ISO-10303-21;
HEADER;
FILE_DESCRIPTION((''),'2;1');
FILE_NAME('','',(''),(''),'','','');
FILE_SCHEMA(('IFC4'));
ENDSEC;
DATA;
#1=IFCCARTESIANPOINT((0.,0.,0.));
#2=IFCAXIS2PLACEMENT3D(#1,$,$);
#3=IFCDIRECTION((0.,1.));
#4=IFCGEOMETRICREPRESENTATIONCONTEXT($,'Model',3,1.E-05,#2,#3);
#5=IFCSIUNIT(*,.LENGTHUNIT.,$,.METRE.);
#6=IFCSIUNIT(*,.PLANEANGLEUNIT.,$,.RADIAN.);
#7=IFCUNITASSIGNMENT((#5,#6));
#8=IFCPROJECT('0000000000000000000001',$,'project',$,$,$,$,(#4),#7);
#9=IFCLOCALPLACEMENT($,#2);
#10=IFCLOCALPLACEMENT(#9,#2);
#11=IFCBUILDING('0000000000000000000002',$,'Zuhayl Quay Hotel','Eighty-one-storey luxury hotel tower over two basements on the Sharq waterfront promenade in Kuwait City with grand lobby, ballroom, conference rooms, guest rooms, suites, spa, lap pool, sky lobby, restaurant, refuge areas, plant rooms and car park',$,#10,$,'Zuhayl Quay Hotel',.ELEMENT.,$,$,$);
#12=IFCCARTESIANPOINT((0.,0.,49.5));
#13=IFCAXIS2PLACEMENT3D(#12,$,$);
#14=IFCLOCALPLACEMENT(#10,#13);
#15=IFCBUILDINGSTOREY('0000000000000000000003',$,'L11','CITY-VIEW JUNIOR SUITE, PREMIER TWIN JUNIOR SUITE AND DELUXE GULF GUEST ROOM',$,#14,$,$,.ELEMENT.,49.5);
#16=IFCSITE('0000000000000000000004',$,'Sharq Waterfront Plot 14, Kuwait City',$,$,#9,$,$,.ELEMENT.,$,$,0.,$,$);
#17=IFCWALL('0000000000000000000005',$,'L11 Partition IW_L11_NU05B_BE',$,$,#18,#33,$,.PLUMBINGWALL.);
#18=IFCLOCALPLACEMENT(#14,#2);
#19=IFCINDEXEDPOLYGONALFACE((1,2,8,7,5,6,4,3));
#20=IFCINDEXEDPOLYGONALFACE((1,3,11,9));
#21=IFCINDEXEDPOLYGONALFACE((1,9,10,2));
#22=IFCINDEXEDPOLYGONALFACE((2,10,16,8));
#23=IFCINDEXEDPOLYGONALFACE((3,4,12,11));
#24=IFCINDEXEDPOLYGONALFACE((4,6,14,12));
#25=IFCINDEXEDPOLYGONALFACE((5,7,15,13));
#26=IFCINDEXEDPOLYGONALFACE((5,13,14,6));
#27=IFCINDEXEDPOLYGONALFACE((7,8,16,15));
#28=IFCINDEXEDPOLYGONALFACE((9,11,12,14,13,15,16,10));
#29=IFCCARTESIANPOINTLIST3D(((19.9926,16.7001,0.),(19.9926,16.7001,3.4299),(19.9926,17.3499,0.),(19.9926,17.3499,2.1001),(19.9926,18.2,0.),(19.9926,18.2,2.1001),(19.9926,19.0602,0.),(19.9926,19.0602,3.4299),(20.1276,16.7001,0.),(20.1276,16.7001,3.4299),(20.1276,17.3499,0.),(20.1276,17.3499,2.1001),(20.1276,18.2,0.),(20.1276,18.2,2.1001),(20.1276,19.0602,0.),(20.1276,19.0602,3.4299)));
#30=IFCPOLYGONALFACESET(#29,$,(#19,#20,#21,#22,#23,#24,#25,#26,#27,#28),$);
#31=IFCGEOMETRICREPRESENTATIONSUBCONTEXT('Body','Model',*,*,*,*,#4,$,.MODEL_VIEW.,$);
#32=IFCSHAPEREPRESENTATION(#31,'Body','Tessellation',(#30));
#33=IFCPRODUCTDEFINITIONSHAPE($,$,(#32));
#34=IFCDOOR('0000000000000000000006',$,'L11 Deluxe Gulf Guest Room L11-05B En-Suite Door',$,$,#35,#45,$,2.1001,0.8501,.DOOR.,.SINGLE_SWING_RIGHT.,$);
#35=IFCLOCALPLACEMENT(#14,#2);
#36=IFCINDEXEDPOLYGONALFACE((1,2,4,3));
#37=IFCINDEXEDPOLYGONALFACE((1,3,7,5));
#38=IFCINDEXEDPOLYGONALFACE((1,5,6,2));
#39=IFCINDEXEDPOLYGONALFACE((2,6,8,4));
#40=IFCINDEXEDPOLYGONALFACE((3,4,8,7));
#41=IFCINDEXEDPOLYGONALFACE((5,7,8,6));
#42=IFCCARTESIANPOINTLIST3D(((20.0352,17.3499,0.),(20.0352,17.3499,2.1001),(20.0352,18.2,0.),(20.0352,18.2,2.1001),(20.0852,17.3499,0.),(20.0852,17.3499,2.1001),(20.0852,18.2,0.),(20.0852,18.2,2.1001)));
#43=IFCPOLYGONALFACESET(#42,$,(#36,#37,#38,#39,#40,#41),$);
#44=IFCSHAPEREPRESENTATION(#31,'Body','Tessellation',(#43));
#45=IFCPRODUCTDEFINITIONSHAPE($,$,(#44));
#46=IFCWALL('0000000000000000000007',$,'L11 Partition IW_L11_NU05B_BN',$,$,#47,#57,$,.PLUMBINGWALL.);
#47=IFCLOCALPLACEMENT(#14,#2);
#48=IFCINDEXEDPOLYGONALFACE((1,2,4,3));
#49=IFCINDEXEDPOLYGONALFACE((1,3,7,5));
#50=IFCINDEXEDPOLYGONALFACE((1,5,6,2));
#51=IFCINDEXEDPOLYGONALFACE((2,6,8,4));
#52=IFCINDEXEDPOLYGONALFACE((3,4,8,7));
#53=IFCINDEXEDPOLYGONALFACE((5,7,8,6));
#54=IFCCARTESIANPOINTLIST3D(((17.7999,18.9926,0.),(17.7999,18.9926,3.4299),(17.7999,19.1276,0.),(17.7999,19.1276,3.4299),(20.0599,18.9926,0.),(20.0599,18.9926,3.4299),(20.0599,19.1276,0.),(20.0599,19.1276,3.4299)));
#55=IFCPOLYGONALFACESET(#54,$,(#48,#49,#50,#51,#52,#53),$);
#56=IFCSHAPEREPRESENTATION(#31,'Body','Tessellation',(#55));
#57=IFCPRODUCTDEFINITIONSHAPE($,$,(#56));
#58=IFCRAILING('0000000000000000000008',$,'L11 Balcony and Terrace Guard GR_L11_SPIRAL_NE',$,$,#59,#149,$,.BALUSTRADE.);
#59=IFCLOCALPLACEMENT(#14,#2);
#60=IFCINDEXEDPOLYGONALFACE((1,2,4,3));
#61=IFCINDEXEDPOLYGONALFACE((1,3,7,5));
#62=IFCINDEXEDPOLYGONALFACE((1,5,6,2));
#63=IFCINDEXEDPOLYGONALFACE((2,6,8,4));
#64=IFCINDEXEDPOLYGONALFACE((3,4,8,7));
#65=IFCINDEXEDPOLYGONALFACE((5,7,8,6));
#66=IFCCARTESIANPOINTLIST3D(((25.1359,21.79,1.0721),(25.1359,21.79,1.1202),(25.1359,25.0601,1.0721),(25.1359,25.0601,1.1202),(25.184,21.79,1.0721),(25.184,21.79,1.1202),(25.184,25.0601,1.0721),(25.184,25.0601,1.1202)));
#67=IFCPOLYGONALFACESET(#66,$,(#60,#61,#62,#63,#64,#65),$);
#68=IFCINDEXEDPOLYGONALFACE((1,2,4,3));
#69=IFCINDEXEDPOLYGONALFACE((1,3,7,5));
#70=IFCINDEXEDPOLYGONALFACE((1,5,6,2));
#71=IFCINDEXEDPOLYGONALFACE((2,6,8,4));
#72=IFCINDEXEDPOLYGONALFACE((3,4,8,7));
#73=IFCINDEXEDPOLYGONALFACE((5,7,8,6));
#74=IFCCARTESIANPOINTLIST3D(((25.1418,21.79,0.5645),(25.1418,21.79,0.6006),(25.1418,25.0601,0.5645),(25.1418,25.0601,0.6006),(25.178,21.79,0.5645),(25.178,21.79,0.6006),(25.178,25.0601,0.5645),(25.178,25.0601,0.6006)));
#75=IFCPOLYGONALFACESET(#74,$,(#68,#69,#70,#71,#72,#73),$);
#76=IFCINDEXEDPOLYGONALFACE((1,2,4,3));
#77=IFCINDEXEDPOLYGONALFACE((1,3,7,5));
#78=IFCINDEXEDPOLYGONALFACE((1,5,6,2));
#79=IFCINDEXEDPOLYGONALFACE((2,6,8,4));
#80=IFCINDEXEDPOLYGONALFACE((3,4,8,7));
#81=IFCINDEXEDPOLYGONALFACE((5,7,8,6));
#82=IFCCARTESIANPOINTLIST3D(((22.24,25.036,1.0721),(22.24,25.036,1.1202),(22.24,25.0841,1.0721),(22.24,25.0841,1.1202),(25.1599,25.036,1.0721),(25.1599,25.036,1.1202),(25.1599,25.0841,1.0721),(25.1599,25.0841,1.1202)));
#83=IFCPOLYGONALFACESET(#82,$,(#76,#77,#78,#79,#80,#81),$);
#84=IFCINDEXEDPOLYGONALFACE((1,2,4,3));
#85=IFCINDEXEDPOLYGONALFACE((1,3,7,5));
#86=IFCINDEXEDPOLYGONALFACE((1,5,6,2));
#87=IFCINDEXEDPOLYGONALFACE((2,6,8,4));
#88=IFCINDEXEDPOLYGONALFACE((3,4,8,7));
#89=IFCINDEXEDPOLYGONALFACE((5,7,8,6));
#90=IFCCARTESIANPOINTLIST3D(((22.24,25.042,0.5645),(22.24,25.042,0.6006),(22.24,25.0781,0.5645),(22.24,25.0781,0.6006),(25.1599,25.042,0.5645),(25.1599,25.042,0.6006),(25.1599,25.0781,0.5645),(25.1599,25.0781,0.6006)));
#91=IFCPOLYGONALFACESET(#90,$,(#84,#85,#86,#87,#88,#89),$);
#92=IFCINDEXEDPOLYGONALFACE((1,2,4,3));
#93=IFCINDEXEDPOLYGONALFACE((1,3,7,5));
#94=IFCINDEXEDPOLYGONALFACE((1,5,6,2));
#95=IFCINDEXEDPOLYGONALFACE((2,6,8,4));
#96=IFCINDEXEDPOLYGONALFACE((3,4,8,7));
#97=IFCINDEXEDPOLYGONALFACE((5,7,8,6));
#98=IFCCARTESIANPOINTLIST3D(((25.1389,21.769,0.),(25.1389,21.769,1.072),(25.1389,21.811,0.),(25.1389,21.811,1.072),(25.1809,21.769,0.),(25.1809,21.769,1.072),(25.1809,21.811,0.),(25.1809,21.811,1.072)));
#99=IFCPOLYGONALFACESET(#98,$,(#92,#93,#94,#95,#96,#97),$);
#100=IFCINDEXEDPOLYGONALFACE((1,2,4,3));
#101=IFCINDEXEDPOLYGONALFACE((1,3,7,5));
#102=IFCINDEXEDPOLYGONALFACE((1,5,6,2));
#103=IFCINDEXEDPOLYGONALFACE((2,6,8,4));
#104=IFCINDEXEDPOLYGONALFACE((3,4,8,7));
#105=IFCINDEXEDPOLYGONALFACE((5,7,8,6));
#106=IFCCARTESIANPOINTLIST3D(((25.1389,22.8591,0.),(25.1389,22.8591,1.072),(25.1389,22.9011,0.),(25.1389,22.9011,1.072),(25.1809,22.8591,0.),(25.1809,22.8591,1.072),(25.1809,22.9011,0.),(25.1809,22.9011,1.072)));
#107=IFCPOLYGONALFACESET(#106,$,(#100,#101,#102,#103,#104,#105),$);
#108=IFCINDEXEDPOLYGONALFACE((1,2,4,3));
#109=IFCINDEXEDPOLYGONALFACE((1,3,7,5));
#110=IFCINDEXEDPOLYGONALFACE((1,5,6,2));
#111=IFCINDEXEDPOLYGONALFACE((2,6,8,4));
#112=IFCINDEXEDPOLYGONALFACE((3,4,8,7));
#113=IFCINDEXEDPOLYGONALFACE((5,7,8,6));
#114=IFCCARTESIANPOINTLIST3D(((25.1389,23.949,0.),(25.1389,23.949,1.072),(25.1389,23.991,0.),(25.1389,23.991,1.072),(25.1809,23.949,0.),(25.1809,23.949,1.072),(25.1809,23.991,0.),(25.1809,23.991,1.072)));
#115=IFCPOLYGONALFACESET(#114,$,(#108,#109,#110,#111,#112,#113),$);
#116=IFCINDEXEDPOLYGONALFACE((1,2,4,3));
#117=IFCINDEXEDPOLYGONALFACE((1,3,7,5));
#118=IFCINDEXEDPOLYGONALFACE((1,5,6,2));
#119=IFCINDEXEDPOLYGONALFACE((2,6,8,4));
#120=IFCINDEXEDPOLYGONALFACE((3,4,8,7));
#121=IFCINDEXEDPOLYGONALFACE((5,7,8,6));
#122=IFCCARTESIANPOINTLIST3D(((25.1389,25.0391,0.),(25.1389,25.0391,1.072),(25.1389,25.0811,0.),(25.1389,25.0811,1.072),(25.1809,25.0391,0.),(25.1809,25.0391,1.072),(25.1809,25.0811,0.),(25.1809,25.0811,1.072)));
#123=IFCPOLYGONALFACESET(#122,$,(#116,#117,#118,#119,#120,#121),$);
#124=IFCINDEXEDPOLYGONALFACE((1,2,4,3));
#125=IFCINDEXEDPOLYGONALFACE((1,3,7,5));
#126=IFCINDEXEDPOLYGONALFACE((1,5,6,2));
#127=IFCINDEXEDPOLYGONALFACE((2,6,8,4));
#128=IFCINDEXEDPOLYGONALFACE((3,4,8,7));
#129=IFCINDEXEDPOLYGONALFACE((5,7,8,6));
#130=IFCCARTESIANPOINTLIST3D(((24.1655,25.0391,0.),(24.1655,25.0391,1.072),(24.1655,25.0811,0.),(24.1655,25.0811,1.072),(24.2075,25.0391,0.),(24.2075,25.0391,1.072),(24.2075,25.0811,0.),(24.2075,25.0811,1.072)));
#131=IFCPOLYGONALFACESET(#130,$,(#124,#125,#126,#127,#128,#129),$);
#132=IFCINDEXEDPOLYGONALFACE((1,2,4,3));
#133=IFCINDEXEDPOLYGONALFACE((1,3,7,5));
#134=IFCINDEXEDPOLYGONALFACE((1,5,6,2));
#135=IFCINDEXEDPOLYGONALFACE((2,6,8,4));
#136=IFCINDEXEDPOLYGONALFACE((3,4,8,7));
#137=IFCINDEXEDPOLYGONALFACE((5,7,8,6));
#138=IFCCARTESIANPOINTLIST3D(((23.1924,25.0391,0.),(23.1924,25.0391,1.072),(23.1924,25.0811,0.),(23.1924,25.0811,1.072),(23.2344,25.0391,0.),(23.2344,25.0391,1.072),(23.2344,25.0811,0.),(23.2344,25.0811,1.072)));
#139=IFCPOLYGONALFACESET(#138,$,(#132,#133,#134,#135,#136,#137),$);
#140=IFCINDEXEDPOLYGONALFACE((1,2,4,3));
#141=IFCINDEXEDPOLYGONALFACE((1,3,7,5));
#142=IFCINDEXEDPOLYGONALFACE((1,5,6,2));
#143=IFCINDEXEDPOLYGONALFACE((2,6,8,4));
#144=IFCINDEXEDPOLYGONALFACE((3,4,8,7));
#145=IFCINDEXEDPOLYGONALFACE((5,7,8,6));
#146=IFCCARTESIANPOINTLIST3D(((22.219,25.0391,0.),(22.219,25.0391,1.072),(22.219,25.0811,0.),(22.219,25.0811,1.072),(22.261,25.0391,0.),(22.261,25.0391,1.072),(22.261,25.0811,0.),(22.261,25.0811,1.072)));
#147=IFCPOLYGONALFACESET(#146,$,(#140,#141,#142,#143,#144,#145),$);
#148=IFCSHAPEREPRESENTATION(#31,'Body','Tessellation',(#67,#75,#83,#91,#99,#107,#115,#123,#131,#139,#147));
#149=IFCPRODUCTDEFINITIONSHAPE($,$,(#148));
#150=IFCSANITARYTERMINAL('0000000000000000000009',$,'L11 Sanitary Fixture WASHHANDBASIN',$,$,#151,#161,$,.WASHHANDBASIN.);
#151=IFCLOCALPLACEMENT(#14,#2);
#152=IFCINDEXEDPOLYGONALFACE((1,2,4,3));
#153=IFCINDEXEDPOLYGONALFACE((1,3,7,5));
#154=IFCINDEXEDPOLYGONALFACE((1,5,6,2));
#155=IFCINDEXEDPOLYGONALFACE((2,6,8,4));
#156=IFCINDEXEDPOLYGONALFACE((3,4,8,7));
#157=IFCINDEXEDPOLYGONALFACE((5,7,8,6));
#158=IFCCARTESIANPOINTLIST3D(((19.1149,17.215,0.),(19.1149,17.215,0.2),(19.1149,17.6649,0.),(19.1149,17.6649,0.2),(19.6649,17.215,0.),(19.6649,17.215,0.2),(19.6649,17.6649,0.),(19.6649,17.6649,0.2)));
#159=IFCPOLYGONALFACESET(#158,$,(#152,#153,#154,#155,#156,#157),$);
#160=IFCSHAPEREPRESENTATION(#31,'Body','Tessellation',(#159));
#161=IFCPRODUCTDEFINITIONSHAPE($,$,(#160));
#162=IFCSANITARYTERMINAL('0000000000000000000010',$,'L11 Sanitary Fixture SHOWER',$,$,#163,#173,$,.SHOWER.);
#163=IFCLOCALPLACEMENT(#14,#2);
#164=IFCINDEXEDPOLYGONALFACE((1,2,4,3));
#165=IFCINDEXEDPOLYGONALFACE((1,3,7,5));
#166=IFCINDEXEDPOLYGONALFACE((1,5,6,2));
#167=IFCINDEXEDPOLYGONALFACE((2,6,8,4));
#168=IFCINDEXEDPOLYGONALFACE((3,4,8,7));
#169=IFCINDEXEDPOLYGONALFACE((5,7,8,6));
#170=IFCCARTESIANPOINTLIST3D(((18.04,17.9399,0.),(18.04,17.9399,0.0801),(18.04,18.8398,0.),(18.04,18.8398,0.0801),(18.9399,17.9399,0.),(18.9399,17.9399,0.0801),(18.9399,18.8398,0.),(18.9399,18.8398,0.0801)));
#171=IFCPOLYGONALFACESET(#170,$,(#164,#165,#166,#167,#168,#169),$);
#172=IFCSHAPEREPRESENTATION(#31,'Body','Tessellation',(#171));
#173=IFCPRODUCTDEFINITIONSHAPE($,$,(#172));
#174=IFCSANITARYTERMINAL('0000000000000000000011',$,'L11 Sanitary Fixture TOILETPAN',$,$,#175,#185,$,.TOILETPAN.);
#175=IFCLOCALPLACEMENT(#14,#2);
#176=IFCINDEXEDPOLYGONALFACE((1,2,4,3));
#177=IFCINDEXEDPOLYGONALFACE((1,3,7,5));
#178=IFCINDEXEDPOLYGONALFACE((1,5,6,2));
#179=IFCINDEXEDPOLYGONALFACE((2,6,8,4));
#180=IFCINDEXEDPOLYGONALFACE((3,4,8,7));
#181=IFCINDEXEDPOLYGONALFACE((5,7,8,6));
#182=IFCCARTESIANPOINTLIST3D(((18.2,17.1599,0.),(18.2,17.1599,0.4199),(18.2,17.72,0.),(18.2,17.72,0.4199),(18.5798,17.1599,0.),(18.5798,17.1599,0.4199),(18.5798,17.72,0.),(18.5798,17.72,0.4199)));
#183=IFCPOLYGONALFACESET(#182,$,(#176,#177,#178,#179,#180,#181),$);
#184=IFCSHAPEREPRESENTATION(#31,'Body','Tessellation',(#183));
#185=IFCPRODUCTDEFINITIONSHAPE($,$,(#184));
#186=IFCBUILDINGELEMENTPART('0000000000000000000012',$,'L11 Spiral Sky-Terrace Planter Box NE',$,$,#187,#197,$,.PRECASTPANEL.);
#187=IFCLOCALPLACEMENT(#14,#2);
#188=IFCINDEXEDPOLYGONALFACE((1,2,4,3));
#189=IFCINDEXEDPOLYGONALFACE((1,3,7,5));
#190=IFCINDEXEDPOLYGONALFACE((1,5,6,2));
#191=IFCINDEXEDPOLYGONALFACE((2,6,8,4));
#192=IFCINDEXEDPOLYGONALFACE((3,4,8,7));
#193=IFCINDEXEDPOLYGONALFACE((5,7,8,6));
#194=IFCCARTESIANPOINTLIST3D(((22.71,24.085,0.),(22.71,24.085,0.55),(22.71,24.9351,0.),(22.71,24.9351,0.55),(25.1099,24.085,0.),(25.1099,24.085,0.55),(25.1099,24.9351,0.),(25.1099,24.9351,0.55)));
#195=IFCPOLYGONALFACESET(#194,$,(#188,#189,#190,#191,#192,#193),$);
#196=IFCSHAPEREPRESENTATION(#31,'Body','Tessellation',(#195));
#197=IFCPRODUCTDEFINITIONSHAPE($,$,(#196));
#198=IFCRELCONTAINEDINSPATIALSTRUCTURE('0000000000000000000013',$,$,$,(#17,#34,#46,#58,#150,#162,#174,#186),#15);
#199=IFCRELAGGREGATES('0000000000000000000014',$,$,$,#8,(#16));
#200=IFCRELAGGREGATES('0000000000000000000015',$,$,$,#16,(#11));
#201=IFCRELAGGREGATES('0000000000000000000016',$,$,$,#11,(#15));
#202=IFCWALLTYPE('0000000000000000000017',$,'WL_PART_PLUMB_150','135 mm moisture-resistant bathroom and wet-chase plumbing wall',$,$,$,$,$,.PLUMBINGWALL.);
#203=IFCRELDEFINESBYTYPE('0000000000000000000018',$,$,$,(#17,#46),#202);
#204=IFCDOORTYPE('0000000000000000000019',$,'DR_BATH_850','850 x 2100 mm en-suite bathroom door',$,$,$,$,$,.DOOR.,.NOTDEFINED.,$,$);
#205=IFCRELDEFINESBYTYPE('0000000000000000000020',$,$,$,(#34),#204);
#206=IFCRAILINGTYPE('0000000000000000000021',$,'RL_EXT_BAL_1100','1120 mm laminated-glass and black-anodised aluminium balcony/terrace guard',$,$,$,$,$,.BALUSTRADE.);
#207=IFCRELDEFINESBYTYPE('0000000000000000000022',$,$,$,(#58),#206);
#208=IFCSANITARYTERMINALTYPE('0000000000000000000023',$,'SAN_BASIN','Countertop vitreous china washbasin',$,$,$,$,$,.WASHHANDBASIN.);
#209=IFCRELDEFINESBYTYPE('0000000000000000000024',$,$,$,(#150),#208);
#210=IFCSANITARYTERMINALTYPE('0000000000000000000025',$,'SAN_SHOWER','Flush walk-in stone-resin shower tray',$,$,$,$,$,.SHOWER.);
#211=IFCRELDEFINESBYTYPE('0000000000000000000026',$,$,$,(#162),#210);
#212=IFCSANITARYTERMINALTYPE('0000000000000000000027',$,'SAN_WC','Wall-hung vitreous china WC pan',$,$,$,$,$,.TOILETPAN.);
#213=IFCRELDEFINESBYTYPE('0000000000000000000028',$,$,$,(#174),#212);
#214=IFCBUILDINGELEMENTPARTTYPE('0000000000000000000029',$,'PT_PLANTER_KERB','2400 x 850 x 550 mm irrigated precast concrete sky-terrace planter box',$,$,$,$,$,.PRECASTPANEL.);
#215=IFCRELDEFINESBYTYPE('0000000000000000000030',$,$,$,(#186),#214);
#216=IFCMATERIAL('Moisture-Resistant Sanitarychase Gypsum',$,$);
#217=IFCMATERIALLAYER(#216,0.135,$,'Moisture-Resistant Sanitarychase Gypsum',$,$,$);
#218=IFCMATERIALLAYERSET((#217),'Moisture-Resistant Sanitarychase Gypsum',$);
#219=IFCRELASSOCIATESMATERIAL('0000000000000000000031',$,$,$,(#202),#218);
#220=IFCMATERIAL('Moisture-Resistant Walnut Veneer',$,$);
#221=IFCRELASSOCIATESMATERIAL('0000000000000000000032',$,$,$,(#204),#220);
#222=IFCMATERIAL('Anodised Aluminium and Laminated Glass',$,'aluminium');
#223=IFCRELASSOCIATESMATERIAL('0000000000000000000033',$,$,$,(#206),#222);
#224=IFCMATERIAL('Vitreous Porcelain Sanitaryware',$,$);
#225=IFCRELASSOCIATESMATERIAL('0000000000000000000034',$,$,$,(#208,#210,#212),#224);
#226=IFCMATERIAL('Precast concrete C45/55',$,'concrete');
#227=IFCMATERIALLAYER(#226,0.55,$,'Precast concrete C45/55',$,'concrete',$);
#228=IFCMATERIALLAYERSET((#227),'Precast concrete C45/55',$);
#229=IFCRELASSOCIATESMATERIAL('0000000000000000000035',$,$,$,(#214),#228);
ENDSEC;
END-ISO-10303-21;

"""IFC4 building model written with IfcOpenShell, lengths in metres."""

from ifc_helpers import new_model, si_unit, direction, frame, frame_2d, origin, origin_2d, place, context, subcontext, project, spatial, rectangle, extrude, material, layer, layer_set, type_object, element, fill, save


model = new_model("IFC4")

# Units and contexts
model_context = context("Model", 3, precision=1e-05, world=origin(), true_north=direction((0.0, 1.0)))
body_context = subcontext(model_context, "Body", "Model", "MODEL_VIEW")
ifc_project = project(units=[si_unit("LENGTHUNIT", "METRE"), si_unit("PLANEANGLEUNIT", "RADIAN")], contexts=[model_context])

# Site, building, storey
site_placement = place(None, origin())
site = spatial("IfcSite", under=ifc_project, at=site_placement, Name="Sharq Waterfront Plot 14, Kuwait City", CompositionType="ELEMENT", RefElevation=0.0)
building_placement = place(site_placement, origin())
building = spatial("IfcBuilding", under=site, at=building_placement, Name="Zuhayl Quay Hotel", Description="Eighty-one-storey luxury hotel tower over two basements on the Sharq waterfront promenade in Kuwait City with grand lobby, ballroom, conference rooms, guest rooms, suites, spa, lap pool, sky lobby, restaurant, refuge areas, plant rooms and car park", LongName="Zuhayl Quay Hotel", CompositionType="ELEMENT")
storey_placement = place(building_placement, frame((0.0, 0.0, 49.5)))
storey = spatial("IfcBuildingStorey", under=building, at=storey_placement, Name="L11", Description="CITY-VIEW JUNIOR SUITE, PREMIER TWIN JUNIOR SUITE AND DELUXE GULF GUEST ROOM", CompositionType="ELEMENT", Elevation=49.5)

# Shared definitions
ifc_material_1 = material(Name="Precast concrete C45/55", Category="concrete")

# Wall, opening, door
ifc_material_2 = material(Name="Moisture-Resistant Sanitarychase Gypsum")
ifc_layer_1 = layer(ifc_material_2, 0.135, Name="Moisture-Resistant Sanitarychase Gypsum")
ifc_layer_set_1 = layer_set([ifc_layer_1], Name="Moisture-Resistant Sanitarychase Gypsum")
wall_type_1 = type_object("IfcWallType", Name="WL_PART_PLUMB_150", Description="135 mm moisture-resistant bathroom and wet-chase plumbing wall", PredefinedType="PLUMBINGWALL", material=ifc_layer_set_1)
wall_1_placement = place(storey_placement, frame((20.0601, 16.7, 0.0), z_axis=(0.0, 0.0, 1.0), x_axis=(0.0, 1.0, 0.0)))
wall_1 = element("IfcWall", 1, at=wall_1_placement, inside=storey, type_object=wall_type_1, Name="L11 Partition IW_L11_NU05B_BE", PredefinedType="PLUMBINGWALL", context=body_context, shape_type="SweptSolid", body=[
    extrude(rectangle(XDim=2.3601, YDim=0.135, at=frame_2d((1.1802, 0.0))), origin(), (0.0, 0.0, 1.0), 3.4299),
])
opening_1_placement = place(wall_1_placement, frame((0.6499, 0.0, 0.0)))
opening_1 = element("IfcOpeningElement", 2, at=opening_1_placement, cuts=wall_1, PredefinedType="OPENING", context=body_context, shape_type="SweptSolid", body=[
    extrude(rectangle(XDim=0.8501, YDim=2.1001, at=frame_2d((0.425, 1.05))), frame((0.0, 0.0774, 0.0), z_axis=(0.0, -1.0, 0.0), x_axis=(1.0, 0.0, 0.0)), (0.0, 0.0, 1.0), 0.155),
])
ifc_material_3 = material(Name="Moisture-Resistant Walnut Veneer")
door_type_1 = type_object("IfcDoorType", Name="DR_BATH_850", Description="850 x 2100 mm en-suite bathroom door", OperationType="NOTDEFINED", PredefinedType="DOOR", material=ifc_material_3)
door_1_placement = place(opening_1_placement, origin())
door_1 = element("IfcDoor", 3, at=door_1_placement, inside=storey, type_object=door_type_1, Name="L11 Deluxe Gulf Guest Room L11-05B En-Suite Door", OperationType="SINGLE_SWING_RIGHT", OverallHeight=2.1001, OverallWidth=0.8501, PredefinedType="DOOR", context=body_context, shape_type="SweptSolid", body=[
    extrude(rectangle(XDim=0.8501, YDim=2.1001, at=frame_2d((0.425, 1.05))), frame((0.0, 0.0249, 0.0), z_axis=(0.0, -1.0, 0.0), x_axis=(1.0, 0.0, 0.0)), (0.0, 0.0, 1.0), 0.05),
])
fill(opening_1, door_1)

# Wall
wall_2_placement = place(storey_placement, frame((17.8, 19.0601, 0.0), z_axis=(0.0, 0.0, 1.0), x_axis=(1.0, 0.0, 0.0)))
element("IfcWall", 4, at=wall_2_placement, inside=storey, type_object=wall_type_1, Name="L11 Partition IW_L11_NU05B_BN", PredefinedType="PLUMBINGWALL", context=body_context, shape_type="SweptSolid", body=[
    extrude(rectangle(XDim=2.26, YDim=0.135, at=frame_2d((1.1299, 0.0))), origin(), (0.0, 0.0, 1.0), 3.4299),
])

# Railing
ifc_material_4 = material(Name="Anodised Aluminium and Laminated Glass", Category="aluminium")
railing_type = type_object("IfcRailingType", Name="RL_EXT_BAL_1100", Description="1120 mm laminated-glass and black-anodised aluminium balcony/terrace guard", PredefinedType="BALUSTRADE", material=ifc_material_4)
railing_placement = place(storey_placement, frame((25.1599, 21.79, 0.0)))
element("IfcRailing", 5, at=railing_placement, inside=storey, type_object=railing_type, Name="L11 Balcony and Terrace Guard GR_L11_SPIRAL_NE", PredefinedType="BALUSTRADE", context=body_context, shape_type="SweptSolid", body=[
    extrude(rectangle(XDim=0.0481, YDim=0.0481, at=origin_2d()), frame((0.0, 0.0, 1.0962), z_axis=(0.0, 1.0, 0.0), x_axis=(-1.0, 0.0, 0.0)), (0.0, 0.0, 1.0), 3.27),
    extrude(rectangle(XDim=0.0361, YDim=0.0361, at=origin_2d()), frame((0.0, 0.0, 0.5825), z_axis=(0.0, 1.0, 0.0), x_axis=(-1.0, 0.0, 0.0)), (0.0, 0.0, 1.0), 3.27),
    extrude(rectangle(XDim=0.0481, YDim=0.0481, at=origin_2d()), frame((0.0, 3.27, 1.0962), z_axis=(-1.0, 0.0, 0.0), x_axis=(0.0, -1.0, 0.0)), (0.0, 0.0, 1.0), 2.9199),
    extrude(rectangle(XDim=0.0361, YDim=0.0361, at=origin_2d()), frame((0.0, 3.27, 0.5825), z_axis=(-1.0, 0.0, 0.0), x_axis=(0.0, -1.0, 0.0)), (0.0, 0.0, 1.0), 2.9199),
    extrude(rectangle(XDim=0.042, YDim=0.042, at=origin_2d()), origin(), (0.0, 0.0, 1.0), 1.072),
    extrude(rectangle(XDim=0.042, YDim=0.042, at=origin_2d()), frame((0.0, 1.0901, 0.0)), (0.0, 0.0, 1.0), 1.072),
    extrude(rectangle(XDim=0.042, YDim=0.042, at=origin_2d()), frame((0.0, 2.1799, 0.0)), (0.0, 0.0, 1.0), 1.072),
    extrude(rectangle(XDim=0.042, YDim=0.042, at=origin_2d()), frame((0.0, 3.27, 0.0)), (0.0, 0.0, 1.0), 1.072),
    extrude(rectangle(XDim=0.042, YDim=0.042, at=origin_2d()), frame((-0.9734, 3.27, 0.0)), (0.0, 0.0, 1.0), 1.072),
    extrude(rectangle(XDim=0.042, YDim=0.042, at=origin_2d()), frame((-1.9465, 3.27, 0.0)), (0.0, 0.0, 1.0), 1.072),
    extrude(rectangle(XDim=0.042, YDim=0.042, at=origin_2d()), frame((-2.9199, 3.27, 0.0)), (0.0, 0.0, 1.0), 1.072),
])

# Sanitary terminals
ifc_material_5 = material(Name="Vitreous Porcelain Sanitaryware")
sanitary_terminal_type_1 = type_object("IfcSanitaryTerminalType", Name="SAN_BASIN", Description="Countertop vitreous china washbasin", PredefinedType="WASHHANDBASIN", material=ifc_material_5)
sanitary_terminal_1_placement = place(storey_placement, frame((19.3899, 17.4399, 0.0), z_axis=(0.0, 0.0, 1.0), x_axis=(1.0, 0.0, 0.0)))
element("IfcSanitaryTerminal", 6, at=sanitary_terminal_1_placement, inside=storey, type_object=sanitary_terminal_type_1, Name="L11 Sanitary Fixture WASHHANDBASIN", PredefinedType="WASHHANDBASIN", context=body_context, shape_type="SweptSolid", body=[
    extrude(rectangle(XDim=0.55, YDim=0.45, at=origin_2d()), origin(), (0.0, 0.0, 1.0), 0.2),
])
sanitary_terminal_type_2 = type_object("IfcSanitaryTerminalType", Name="SAN_SHOWER", Description="Flush walk-in stone-resin shower tray", PredefinedType="SHOWER", material=ifc_material_5)
sanitary_terminal_2_placement = place(storey_placement, frame((18.49, 18.3899, 0.0), z_axis=(0.0, 0.0, 1.0), x_axis=(1.0, 0.0, 0.0)))
element("IfcSanitaryTerminal", 7, at=sanitary_terminal_2_placement, inside=storey, type_object=sanitary_terminal_type_2, Name="L11 Sanitary Fixture SHOWER", PredefinedType="SHOWER", context=body_context, shape_type="SweptSolid", body=[
    extrude(rectangle(XDim=0.8999, YDim=0.8999, at=origin_2d()), origin(), (0.0, 0.0, 1.0), 0.0801),
])
sanitary_terminal_type_3 = type_object("IfcSanitaryTerminalType", Name="SAN_WC", Description="Wall-hung vitreous china WC pan", PredefinedType="TOILETPAN", material=ifc_material_5)
sanitary_terminal_3_placement = place(storey_placement, frame((18.3899, 17.4399, 0.0), z_axis=(0.0, 0.0, 1.0), x_axis=(1.0, 0.0, 0.0)))
element("IfcSanitaryTerminal", 8, at=sanitary_terminal_3_placement, inside=storey, type_object=sanitary_terminal_type_3, Name="L11 Sanitary Fixture TOILETPAN", PredefinedType="TOILETPAN", context=body_context, shape_type="SweptSolid", body=[
    extrude(rectangle(XDim=0.3799, YDim=0.5601, at=origin_2d()), origin(), (0.0, 0.0, 1.0), 0.4199),
])

# Building element part
ifc_layer_2 = layer(ifc_material_1, 0.55, Name="Precast concrete C45/55", Category="concrete")
ifc_layer_set_2 = layer_set([ifc_layer_2], Name="Precast concrete C45/55")
building_element_part_type = type_object("IfcBuildingElementPartType", Name="PT_PLANTER_KERB", Description="2400 x 850 x 550 mm irrigated precast concrete sky-terrace planter box", PredefinedType="PRECASTPANEL", material=ifc_layer_set_2)
building_element_part_placement = place(storey_placement, frame((23.9099, 24.51, 0.0), z_axis=(0.0, 0.0, 1.0), x_axis=(1.0, 0.0, 0.0)))
element("IfcBuildingElementPart", 9, at=building_element_part_placement, inside=storey, type_object=building_element_part_type, Name="L11 Spiral Sky-Terrace Planter Box NE", PredefinedType="PRECASTPANEL", context=body_context, shape_type="SweptSolid", body=[
    extrude(rectangle(XDim=2.3999, YDim=0.8501, at=origin_2d()), origin(), (0.0, 0.0, 1.0), 0.55),
])

save(model, "model.ifc")
